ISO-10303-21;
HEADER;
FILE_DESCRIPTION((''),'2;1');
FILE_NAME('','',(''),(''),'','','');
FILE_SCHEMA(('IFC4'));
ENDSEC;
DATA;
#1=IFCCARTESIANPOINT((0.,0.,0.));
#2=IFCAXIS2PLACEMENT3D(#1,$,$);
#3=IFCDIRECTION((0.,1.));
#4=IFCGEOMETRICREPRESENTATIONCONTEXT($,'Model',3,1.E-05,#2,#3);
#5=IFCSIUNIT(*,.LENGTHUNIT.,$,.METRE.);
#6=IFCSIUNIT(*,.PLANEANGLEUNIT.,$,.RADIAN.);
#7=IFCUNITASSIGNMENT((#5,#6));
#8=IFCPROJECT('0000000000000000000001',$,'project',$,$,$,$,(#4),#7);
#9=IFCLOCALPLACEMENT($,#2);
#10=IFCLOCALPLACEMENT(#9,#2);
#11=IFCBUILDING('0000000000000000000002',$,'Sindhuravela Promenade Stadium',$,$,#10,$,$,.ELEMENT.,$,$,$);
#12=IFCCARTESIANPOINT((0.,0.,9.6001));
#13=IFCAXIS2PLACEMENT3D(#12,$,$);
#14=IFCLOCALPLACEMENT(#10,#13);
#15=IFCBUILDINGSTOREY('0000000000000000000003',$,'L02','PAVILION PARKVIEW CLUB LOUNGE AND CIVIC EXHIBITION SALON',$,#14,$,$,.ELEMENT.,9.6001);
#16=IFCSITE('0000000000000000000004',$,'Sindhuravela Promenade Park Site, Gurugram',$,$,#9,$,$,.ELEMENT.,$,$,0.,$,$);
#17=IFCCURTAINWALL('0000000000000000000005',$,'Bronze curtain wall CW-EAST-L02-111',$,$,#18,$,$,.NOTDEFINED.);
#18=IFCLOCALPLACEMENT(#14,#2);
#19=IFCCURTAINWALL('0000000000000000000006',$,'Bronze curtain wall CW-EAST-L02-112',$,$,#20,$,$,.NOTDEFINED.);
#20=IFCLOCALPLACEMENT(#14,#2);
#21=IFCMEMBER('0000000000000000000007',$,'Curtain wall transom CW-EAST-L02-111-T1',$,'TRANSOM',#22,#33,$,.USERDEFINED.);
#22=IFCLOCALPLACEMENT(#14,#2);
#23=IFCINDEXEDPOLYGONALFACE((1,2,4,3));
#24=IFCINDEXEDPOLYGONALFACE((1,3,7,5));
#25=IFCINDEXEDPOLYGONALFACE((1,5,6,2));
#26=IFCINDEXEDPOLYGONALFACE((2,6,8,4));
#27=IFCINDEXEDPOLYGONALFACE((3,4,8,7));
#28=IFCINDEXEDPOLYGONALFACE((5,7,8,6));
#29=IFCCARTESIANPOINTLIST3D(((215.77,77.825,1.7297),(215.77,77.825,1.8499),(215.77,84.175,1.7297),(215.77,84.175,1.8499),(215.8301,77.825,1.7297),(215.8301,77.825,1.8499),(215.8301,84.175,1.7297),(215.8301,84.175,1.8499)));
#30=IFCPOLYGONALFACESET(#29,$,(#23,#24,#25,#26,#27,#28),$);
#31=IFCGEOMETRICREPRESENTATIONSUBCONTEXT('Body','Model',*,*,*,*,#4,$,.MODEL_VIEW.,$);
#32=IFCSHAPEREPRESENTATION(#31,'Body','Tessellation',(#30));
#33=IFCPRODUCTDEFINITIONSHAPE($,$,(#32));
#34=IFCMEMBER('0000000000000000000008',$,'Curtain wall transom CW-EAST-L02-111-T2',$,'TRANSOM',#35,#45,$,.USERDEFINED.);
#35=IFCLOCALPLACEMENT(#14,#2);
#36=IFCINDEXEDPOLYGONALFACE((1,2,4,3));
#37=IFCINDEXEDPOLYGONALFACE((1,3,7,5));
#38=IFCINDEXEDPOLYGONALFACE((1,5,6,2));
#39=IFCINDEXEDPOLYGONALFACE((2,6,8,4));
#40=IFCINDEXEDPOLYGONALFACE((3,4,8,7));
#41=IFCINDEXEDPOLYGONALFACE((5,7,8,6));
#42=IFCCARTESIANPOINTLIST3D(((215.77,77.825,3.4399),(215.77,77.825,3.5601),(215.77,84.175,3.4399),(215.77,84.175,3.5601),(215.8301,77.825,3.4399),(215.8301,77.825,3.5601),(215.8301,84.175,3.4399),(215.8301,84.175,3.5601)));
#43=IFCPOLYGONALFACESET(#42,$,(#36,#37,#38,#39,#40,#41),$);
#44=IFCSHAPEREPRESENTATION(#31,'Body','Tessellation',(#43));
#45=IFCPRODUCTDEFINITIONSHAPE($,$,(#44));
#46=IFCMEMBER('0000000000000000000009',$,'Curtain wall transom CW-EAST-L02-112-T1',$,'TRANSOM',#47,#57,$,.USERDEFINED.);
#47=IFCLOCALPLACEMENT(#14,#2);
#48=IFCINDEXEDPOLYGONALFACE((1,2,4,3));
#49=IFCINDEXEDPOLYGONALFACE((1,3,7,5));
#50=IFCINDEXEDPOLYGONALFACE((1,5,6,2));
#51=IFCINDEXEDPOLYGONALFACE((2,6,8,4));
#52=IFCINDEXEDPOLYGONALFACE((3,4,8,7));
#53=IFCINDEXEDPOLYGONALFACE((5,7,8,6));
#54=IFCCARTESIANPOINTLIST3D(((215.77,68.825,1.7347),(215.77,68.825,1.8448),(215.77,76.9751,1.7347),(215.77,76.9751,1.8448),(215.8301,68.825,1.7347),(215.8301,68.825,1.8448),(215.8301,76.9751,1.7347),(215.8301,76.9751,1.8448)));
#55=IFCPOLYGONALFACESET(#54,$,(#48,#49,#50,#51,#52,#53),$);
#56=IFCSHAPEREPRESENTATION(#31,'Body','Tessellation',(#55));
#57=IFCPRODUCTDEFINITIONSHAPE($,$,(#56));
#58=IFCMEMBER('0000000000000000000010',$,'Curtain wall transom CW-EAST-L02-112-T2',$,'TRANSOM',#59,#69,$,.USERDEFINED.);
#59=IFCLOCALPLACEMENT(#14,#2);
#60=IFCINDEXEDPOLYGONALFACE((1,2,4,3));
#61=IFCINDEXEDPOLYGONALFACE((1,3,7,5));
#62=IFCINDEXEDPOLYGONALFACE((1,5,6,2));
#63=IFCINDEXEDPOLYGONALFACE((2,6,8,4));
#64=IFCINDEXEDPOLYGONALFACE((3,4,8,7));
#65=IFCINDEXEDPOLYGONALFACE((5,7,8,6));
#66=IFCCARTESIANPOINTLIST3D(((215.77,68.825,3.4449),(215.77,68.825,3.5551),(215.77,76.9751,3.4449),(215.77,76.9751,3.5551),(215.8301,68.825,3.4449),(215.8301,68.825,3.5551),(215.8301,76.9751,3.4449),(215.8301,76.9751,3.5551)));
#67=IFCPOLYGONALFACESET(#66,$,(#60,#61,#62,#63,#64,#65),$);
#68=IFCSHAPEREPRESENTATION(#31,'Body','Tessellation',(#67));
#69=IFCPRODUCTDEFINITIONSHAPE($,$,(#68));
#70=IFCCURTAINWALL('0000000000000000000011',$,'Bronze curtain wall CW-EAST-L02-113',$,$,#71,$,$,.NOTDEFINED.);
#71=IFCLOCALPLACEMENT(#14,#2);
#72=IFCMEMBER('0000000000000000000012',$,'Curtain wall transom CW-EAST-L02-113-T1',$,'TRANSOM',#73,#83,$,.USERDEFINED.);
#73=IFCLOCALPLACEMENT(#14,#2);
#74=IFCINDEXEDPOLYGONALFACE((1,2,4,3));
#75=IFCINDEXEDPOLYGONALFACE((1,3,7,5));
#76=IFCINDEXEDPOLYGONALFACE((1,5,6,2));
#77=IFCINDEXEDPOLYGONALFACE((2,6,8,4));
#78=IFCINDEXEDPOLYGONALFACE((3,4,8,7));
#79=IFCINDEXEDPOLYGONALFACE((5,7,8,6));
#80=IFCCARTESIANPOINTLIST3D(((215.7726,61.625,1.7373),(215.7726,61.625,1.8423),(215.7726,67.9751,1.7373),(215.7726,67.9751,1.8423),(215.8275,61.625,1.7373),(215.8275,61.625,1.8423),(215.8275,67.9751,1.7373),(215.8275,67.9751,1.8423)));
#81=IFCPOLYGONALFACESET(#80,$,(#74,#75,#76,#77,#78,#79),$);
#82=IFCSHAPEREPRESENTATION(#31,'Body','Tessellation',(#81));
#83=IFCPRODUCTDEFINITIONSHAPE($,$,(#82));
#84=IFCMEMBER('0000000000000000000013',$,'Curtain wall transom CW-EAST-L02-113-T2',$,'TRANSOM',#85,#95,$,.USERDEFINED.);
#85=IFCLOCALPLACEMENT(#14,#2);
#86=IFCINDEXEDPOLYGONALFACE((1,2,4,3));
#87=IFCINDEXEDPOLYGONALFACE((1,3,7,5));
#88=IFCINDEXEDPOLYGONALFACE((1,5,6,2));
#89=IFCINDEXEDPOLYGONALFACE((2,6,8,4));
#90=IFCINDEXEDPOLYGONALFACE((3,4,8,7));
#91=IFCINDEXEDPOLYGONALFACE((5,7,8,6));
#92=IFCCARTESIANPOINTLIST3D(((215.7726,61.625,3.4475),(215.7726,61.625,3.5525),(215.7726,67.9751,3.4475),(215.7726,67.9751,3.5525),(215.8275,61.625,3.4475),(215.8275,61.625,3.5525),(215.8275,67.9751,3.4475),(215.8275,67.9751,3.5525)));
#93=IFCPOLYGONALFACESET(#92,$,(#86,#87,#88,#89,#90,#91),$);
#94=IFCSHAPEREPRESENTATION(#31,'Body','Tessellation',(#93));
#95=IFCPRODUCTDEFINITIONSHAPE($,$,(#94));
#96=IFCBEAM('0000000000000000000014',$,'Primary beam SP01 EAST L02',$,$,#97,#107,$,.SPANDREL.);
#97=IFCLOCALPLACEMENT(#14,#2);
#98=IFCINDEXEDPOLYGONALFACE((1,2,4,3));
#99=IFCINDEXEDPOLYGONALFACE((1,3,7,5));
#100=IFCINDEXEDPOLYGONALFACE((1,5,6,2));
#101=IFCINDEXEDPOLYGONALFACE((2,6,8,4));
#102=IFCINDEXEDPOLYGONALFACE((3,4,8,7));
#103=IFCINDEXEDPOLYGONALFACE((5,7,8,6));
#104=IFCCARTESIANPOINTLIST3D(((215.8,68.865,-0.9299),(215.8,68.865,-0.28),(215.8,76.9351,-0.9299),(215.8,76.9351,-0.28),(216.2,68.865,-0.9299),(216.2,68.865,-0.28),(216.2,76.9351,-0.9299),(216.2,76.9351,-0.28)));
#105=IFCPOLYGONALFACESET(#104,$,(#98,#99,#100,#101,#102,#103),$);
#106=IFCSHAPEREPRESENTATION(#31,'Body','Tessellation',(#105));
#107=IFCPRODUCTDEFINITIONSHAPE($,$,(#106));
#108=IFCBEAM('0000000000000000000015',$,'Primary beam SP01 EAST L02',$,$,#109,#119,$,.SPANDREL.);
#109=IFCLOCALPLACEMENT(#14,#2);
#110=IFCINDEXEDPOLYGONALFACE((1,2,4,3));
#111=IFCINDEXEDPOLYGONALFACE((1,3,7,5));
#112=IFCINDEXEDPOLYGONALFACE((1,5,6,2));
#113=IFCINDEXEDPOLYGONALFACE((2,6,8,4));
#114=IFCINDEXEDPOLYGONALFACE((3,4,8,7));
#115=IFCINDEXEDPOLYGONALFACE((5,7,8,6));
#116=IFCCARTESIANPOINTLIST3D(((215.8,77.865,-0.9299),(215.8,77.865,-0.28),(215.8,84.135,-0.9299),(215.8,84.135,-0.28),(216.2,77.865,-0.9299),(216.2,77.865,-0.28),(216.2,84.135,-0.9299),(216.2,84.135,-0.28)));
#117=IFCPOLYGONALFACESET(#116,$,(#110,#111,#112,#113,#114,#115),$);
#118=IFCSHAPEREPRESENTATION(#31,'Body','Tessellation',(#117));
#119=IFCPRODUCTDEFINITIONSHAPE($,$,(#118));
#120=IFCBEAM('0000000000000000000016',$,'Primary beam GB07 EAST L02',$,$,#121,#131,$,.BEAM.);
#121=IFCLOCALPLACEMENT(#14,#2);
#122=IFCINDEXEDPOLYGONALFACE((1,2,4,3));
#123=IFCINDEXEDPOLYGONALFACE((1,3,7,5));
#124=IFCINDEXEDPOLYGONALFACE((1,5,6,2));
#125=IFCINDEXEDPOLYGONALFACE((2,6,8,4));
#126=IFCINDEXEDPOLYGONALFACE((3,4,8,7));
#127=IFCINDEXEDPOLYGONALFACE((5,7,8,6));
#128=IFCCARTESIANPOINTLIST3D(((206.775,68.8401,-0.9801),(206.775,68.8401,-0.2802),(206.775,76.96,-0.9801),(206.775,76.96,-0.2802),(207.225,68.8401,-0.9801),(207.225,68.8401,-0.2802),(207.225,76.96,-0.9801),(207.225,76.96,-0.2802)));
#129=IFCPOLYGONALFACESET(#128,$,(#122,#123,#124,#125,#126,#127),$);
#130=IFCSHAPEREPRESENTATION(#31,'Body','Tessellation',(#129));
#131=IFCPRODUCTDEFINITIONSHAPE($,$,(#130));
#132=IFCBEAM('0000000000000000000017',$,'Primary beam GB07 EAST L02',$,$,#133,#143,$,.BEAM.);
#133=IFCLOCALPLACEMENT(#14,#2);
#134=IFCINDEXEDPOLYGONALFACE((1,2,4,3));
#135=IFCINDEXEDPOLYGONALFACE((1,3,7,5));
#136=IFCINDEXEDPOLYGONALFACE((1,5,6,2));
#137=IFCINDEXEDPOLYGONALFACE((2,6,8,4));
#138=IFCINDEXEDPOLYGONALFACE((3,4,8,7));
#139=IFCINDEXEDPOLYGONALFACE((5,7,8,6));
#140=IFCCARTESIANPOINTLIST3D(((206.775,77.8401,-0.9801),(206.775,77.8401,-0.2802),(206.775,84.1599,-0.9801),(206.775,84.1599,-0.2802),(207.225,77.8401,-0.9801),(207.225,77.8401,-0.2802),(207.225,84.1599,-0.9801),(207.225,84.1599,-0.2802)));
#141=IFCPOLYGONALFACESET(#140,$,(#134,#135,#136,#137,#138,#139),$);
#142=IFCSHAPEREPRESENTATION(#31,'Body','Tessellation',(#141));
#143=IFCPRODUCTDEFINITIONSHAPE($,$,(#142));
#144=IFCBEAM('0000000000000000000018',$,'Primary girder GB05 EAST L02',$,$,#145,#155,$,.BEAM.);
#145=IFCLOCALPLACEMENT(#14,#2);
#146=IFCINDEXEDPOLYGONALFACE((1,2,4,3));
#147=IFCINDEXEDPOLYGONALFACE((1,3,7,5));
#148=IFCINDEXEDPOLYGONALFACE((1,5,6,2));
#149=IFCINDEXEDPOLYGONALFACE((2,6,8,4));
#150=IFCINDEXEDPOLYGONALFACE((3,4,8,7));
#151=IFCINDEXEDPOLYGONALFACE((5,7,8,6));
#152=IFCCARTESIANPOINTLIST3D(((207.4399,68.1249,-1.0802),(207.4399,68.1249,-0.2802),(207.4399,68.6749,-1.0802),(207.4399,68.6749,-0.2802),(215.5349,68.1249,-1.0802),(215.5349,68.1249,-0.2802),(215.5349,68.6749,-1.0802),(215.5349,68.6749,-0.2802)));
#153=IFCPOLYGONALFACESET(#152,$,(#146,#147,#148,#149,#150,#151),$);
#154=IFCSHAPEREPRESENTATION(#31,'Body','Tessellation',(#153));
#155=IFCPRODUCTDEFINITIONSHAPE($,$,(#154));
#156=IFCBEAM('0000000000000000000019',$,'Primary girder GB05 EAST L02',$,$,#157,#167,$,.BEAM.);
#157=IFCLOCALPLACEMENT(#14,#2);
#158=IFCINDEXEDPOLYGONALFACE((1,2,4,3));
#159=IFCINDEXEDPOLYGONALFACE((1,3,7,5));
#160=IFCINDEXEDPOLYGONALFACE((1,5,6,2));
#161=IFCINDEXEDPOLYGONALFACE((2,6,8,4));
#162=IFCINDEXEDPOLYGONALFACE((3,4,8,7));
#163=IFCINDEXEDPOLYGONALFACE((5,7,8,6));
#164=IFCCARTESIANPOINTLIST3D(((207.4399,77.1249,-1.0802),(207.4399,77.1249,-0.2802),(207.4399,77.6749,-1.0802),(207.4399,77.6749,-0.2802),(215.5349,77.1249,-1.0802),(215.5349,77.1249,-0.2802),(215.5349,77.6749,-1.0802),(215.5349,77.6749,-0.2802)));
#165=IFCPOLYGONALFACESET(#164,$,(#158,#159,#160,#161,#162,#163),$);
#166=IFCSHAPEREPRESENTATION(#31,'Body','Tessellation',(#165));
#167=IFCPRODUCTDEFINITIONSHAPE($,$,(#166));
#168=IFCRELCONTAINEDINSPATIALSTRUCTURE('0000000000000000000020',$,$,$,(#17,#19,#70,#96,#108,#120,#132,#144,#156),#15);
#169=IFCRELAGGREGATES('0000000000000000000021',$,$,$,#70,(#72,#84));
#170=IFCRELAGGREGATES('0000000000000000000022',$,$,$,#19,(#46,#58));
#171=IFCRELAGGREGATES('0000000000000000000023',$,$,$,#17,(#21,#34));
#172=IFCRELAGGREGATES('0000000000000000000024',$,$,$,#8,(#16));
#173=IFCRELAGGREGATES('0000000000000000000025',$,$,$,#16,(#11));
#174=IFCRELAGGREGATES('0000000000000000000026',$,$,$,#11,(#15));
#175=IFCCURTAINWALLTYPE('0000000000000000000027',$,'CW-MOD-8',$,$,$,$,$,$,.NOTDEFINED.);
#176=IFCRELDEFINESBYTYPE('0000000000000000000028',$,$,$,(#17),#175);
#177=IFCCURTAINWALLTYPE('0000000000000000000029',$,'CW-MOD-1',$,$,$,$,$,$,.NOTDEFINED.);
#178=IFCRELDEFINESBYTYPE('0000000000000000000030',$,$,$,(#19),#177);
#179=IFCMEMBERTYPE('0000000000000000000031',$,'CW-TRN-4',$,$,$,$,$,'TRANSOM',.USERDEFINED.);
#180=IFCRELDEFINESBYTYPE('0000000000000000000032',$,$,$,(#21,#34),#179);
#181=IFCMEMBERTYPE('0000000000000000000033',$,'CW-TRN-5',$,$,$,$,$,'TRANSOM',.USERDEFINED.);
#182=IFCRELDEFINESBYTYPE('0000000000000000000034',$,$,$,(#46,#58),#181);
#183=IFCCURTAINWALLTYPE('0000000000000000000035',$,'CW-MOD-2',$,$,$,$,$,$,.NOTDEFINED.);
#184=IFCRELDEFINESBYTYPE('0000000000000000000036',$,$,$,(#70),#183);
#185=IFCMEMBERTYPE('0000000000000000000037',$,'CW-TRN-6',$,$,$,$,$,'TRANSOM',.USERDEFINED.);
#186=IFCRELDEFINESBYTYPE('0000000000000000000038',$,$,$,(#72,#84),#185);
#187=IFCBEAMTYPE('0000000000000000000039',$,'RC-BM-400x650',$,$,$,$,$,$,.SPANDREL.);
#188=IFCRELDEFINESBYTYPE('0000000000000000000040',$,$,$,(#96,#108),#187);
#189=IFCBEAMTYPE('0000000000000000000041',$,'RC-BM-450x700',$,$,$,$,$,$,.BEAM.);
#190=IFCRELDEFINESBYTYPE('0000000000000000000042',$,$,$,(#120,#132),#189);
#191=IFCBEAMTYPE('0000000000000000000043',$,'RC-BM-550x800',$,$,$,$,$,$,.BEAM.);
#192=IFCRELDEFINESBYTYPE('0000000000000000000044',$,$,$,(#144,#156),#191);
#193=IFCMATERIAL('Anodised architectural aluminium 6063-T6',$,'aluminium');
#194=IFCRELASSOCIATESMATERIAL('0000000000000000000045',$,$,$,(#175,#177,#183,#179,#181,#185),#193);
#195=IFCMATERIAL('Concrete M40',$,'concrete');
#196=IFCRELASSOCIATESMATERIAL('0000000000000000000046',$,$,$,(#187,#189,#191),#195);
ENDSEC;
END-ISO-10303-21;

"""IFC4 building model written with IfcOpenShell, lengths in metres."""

from ifc_helpers import new_model, si_unit, direction, frame, origin, origin_2d, place, context, subcontext, project, spatial, rectangle, extrude, material, material_profile, profile_set, type_object, element, aggregate, save


model = new_model("IFC4")

# Units and contexts
model_context = context("Model", 3, precision=1e-05, world=origin(), true_north=direction((0.0, 1.0)))
body_context = subcontext(model_context, "Body", "Model", "MODEL_VIEW")
ifc_project = project(units=[si_unit("LENGTHUNIT", "METRE"), si_unit("PLANEANGLEUNIT", "RADIAN")], contexts=[model_context])

# Site, building, storey
site_placement = place(None, origin())
site = spatial("IfcSite", under=ifc_project, at=site_placement, Name="Sindhuravela Promenade Park Site, Gurugram", CompositionType="ELEMENT", RefElevation=0.0)
building_placement = place(site_placement, origin())
building = spatial("IfcBuilding", under=site, at=building_placement, Name="Sindhuravela Promenade Stadium", CompositionType="ELEMENT")
storey_placement = place(building_placement, frame((0.0, 0.0, 9.6001)))
storey = spatial("IfcBuildingStorey", under=building, at=storey_placement, Name="L02", Description="PAVILION PARKVIEW CLUB LOUNGE AND CIVIC EXHIBITION SALON", CompositionType="ELEMENT", Elevation=9.6001)

# Shared definitions
ifc_material_1 = material(Name="Concrete M40", Category="concrete")

# Curtain walls
ifc_material_2 = material(Name="Anodised architectural aluminium 6063-T6", Category="aluminium")
curtain_wall_type_1 = type_object("IfcCurtainWallType", Name="CW-MOD-8", PredefinedType="NOTDEFINED", material=ifc_material_2)
curtain_wall_1_placement = place(storey_placement, origin())
curtain_wall_1 = element("IfcCurtainWall", 1, at=curtain_wall_1_placement, inside=storey, type_object=curtain_wall_type_1, Name="Bronze curtain wall CW-EAST-L02-111", PredefinedType="NOTDEFINED")
curtain_wall_type_2 = type_object("IfcCurtainWallType", Name="CW-MOD-1", PredefinedType="NOTDEFINED", material=ifc_material_2)
curtain_wall_2_placement = place(storey_placement, origin())
curtain_wall_2 = element("IfcCurtainWall", 2, at=curtain_wall_2_placement, inside=storey, type_object=curtain_wall_type_2, Name="Bronze curtain wall CW-EAST-L02-112", PredefinedType="NOTDEFINED")

# Members
ifc_material_profile_1 = material_profile(ifc_material_2, rectangle(XDim=0.0601, YDim=0.1201, at=origin_2d()), Name="ALU T60x120")
ifc_profile_set_1 = profile_set([ifc_material_profile_1], Name="Anodised architectural aluminium 6063-T6")
member_type_1 = type_object("IfcMemberType", Name="CW-TRN-4", ElementType="TRANSOM", PredefinedType="USERDEFINED", material=ifc_profile_set_1)
member_1_placement = place(storey_placement, frame((215.8, 84.175, 1.7898), z_axis=(0.0, -1.0, 0.0), x_axis=(1.0, 0.0, 0.0)))
member_1 = element("IfcMember", 3, at=member_1_placement, type_object=member_type_1, Name="Curtain wall transom CW-EAST-L02-111-T1", ObjectType="TRANSOM", PredefinedType="USERDEFINED", context=body_context, shape_type="SweptSolid", body=[
    extrude(rectangle(XDim=0.0601, YDim=0.1201, at=origin_2d()), origin(), (0.0, 0.0, 1.0), 6.3501),
])
member_2_placement = place(storey_placement, frame((215.8, 84.175, 3.5), z_axis=(0.0, -1.0, 0.0), x_axis=(1.0, 0.0, 0.0)))
member_2 = element("IfcMember", 4, at=member_2_placement, type_object=member_type_1, Name="Curtain wall transom CW-EAST-L02-111-T2", ObjectType="TRANSOM", PredefinedType="USERDEFINED", context=body_context, shape_type="SweptSolid", body=[
    extrude(rectangle(XDim=0.0601, YDim=0.1201, at=origin_2d()), origin(), (0.0, 0.0, 1.0), 6.3501),
])
ifc_material_profile_2 = material_profile(ifc_material_2, rectangle(XDim=0.0601, YDim=0.1101, at=origin_2d()), Name="ALU T60x110")
ifc_profile_set_2 = profile_set([ifc_material_profile_2], Name="Anodised architectural aluminium 6063-T6")
member_type_2 = type_object("IfcMemberType", Name="CW-TRN-5", ElementType="TRANSOM", PredefinedType="USERDEFINED", material=ifc_profile_set_2)
member_3_placement = place(storey_placement, frame((215.8, 76.9751, 1.7898), z_axis=(0.0, -1.0, 0.0), x_axis=(1.0, 0.0, 0.0)))
member_3 = element("IfcMember", 5, at=member_3_placement, type_object=member_type_2, Name="Curtain wall transom CW-EAST-L02-112-T1", ObjectType="TRANSOM", PredefinedType="USERDEFINED", context=body_context, shape_type="SweptSolid", body=[
    extrude(rectangle(XDim=0.0601, YDim=0.1101, at=origin_2d()), origin(), (0.0, 0.0, 1.0), 8.1501),
])
member_4_placement = place(storey_placement, frame((215.8, 76.9751, 3.5), z_axis=(0.0, -1.0, 0.0), x_axis=(1.0, 0.0, 0.0)))
member_4 = element("IfcMember", 6, at=member_4_placement, type_object=member_type_2, Name="Curtain wall transom CW-EAST-L02-112-T2", ObjectType="TRANSOM", PredefinedType="USERDEFINED", context=body_context, shape_type="SweptSolid", body=[
    extrude(rectangle(XDim=0.0601, YDim=0.1101, at=origin_2d()), origin(), (0.0, 0.0, 1.0), 8.1501),
])

# Curtain wall, members
curtain_wall_type_3 = type_object("IfcCurtainWallType", Name="CW-MOD-2", PredefinedType="NOTDEFINED", material=ifc_material_2)
curtain_wall_3_placement = place(storey_placement, origin())
curtain_wall_3 = element("IfcCurtainWall", 7, at=curtain_wall_3_placement, inside=storey, type_object=curtain_wall_type_3, Name="Bronze curtain wall CW-EAST-L02-113", PredefinedType="NOTDEFINED")
ifc_material_profile_3 = material_profile(ifc_material_2, rectangle(XDim=0.0549, YDim=0.105, at=origin_2d()), Name="ALU T55x105")
ifc_profile_set_3 = profile_set([ifc_material_profile_3], Name="Anodised architectural aluminium 6063-T6")
member_type_3 = type_object("IfcMemberType", Name="CW-TRN-6", ElementType="TRANSOM", PredefinedType="USERDEFINED", material=ifc_profile_set_3)
member_5_placement = place(storey_placement, frame((215.8, 67.9751, 1.7898), z_axis=(0.0, -1.0, 0.0), x_axis=(1.0, 0.0, 0.0)))
member_5 = element("IfcMember", 8, at=member_5_placement, type_object=member_type_3, Name="Curtain wall transom CW-EAST-L02-113-T1", ObjectType="TRANSOM", PredefinedType="USERDEFINED", context=body_context, shape_type="SweptSolid", body=[
    extrude(rectangle(XDim=0.0549, YDim=0.105, at=origin_2d()), origin(), (0.0, 0.0, 1.0), 6.3501),
])
member_6_placement = place(storey_placement, frame((215.8, 67.9751, 3.5), z_axis=(0.0, -1.0, 0.0), x_axis=(1.0, 0.0, 0.0)))
member_6 = element("IfcMember", 9, at=member_6_placement, type_object=member_type_3, Name="Curtain wall transom CW-EAST-L02-113-T2", ObjectType="TRANSOM", PredefinedType="USERDEFINED", context=body_context, shape_type="SweptSolid", body=[
    extrude(rectangle(XDim=0.0549, YDim=0.105, at=origin_2d()), origin(), (0.0, 0.0, 1.0), 6.3501),
])
aggregate(curtain_wall_3, [member_5, member_6])

# Beams
ifc_material_profile_4 = material_profile(ifc_material_1, rectangle(XDim=0.3999, YDim=0.6499, at=origin_2d()), Name="RC 400x650")
ifc_profile_set_4 = profile_set([ifc_material_profile_4], Name="Concrete M40")
beam_type_1 = type_object("IfcBeamType", Name="RC-BM-400x650", PredefinedType="SPANDREL", material=ifc_profile_set_4)
beam_1_placement = place(storey_placement, frame((216.0, 68.865, -0.605), z_axis=(0.0, 1.0, 0.0), x_axis=(-1.0, 0.0, 0.0)))
element("IfcBeam", 10, at=beam_1_placement, inside=storey, type_object=beam_type_1, Name="Primary beam SP01 EAST L02", PredefinedType="SPANDREL", context=body_context, shape_type="SweptSolid", body=[
    extrude(rectangle(XDim=0.3999, YDim=0.6499, at=origin_2d()), origin(), (0.0, 0.0, 1.0), 8.0701),
])
beam_2_placement = place(storey_placement, frame((216.0, 77.865, -0.605), z_axis=(0.0, 1.0, 0.0), x_axis=(-1.0, 0.0, 0.0)))
element("IfcBeam", 11, at=beam_2_placement, inside=storey, type_object=beam_type_1, Name="Primary beam SP01 EAST L02", PredefinedType="SPANDREL", context=body_context, shape_type="SweptSolid", body=[
    extrude(rectangle(XDim=0.3999, YDim=0.6499, at=origin_2d()), origin(), (0.0, 0.0, 1.0), 6.27),
])
ifc_material_profile_5 = material_profile(ifc_material_1, rectangle(XDim=0.45, YDim=0.7, at=origin_2d()), Name="RC 450x700")
ifc_profile_set_5 = profile_set([ifc_material_profile_5], Name="Concrete M40")
beam_type_2 = type_object("IfcBeamType", Name="RC-BM-450x700", PredefinedType="BEAM", material=ifc_profile_set_5)
beam_3_placement = place(storey_placement, frame((207.0, 68.8401, -0.6301), z_axis=(0.0, 1.0, 0.0), x_axis=(-1.0, 0.0, 0.0)))
element("IfcBeam", 12, at=beam_3_placement, inside=storey, type_object=beam_type_2, Name="Primary beam GB07 EAST L02", PredefinedType="BEAM", context=body_context, shape_type="SweptSolid", body=[
    extrude(rectangle(XDim=0.45, YDim=0.7, at=origin_2d()), origin(), (0.0, 0.0, 1.0), 8.1199),
])
beam_4_placement = place(storey_placement, frame((207.0, 77.8401, -0.6301), z_axis=(0.0, 1.0, 0.0), x_axis=(-1.0, 0.0, 0.0)))
element("IfcBeam", 13, at=beam_4_placement, inside=storey, type_object=beam_type_2, Name="Primary beam GB07 EAST L02", PredefinedType="BEAM", context=body_context, shape_type="SweptSolid", body=[
    extrude(rectangle(XDim=0.45, YDim=0.7, at=origin_2d()), origin(), (0.0, 0.0, 1.0), 6.3198),
])
ifc_material_profile_6 = material_profile(ifc_material_1, rectangle(XDim=0.55, YDim=0.8, at=origin_2d()), Name="RC 550x800")
ifc_profile_set_6 = profile_set([ifc_material_profile_6], Name="Concrete M40")
beam_type_3 = type_object("IfcBeamType", Name="RC-BM-550x800", PredefinedType="BEAM", material=ifc_profile_set_6)
for number, where, z_axis, x_axis, name in (
    (14, (207.4399, 68.3999, -0.6802), (1.0, 0.0, 0.0), (0.0, 1.0, 0.0), "Primary girder GB05 EAST L02"),
    (15, (207.4399, 77.3999, -0.6802), (1.0, 0.0, 0.0), (0.0, 1.0, 0.0), "Primary girder GB05 EAST L02"),
):
    element("IfcBeam", number, at=place(storey_placement, frame(where, z_axis=z_axis, x_axis=x_axis)), inside=storey, type_object=beam_type_3, Name=name, PredefinedType="BEAM", context=body_context, shape_type="SweptSolid", body=[
        extrude(rectangle(XDim=0.55, YDim=0.8, at=origin_2d()), origin(), (0.0, 0.0, 1.0), 8.095),
    ])

aggregate(curtain_wall_2, [member_3, member_4])
aggregate(curtain_wall_1, [member_1, member_2])

save(model, "model.ifc")
